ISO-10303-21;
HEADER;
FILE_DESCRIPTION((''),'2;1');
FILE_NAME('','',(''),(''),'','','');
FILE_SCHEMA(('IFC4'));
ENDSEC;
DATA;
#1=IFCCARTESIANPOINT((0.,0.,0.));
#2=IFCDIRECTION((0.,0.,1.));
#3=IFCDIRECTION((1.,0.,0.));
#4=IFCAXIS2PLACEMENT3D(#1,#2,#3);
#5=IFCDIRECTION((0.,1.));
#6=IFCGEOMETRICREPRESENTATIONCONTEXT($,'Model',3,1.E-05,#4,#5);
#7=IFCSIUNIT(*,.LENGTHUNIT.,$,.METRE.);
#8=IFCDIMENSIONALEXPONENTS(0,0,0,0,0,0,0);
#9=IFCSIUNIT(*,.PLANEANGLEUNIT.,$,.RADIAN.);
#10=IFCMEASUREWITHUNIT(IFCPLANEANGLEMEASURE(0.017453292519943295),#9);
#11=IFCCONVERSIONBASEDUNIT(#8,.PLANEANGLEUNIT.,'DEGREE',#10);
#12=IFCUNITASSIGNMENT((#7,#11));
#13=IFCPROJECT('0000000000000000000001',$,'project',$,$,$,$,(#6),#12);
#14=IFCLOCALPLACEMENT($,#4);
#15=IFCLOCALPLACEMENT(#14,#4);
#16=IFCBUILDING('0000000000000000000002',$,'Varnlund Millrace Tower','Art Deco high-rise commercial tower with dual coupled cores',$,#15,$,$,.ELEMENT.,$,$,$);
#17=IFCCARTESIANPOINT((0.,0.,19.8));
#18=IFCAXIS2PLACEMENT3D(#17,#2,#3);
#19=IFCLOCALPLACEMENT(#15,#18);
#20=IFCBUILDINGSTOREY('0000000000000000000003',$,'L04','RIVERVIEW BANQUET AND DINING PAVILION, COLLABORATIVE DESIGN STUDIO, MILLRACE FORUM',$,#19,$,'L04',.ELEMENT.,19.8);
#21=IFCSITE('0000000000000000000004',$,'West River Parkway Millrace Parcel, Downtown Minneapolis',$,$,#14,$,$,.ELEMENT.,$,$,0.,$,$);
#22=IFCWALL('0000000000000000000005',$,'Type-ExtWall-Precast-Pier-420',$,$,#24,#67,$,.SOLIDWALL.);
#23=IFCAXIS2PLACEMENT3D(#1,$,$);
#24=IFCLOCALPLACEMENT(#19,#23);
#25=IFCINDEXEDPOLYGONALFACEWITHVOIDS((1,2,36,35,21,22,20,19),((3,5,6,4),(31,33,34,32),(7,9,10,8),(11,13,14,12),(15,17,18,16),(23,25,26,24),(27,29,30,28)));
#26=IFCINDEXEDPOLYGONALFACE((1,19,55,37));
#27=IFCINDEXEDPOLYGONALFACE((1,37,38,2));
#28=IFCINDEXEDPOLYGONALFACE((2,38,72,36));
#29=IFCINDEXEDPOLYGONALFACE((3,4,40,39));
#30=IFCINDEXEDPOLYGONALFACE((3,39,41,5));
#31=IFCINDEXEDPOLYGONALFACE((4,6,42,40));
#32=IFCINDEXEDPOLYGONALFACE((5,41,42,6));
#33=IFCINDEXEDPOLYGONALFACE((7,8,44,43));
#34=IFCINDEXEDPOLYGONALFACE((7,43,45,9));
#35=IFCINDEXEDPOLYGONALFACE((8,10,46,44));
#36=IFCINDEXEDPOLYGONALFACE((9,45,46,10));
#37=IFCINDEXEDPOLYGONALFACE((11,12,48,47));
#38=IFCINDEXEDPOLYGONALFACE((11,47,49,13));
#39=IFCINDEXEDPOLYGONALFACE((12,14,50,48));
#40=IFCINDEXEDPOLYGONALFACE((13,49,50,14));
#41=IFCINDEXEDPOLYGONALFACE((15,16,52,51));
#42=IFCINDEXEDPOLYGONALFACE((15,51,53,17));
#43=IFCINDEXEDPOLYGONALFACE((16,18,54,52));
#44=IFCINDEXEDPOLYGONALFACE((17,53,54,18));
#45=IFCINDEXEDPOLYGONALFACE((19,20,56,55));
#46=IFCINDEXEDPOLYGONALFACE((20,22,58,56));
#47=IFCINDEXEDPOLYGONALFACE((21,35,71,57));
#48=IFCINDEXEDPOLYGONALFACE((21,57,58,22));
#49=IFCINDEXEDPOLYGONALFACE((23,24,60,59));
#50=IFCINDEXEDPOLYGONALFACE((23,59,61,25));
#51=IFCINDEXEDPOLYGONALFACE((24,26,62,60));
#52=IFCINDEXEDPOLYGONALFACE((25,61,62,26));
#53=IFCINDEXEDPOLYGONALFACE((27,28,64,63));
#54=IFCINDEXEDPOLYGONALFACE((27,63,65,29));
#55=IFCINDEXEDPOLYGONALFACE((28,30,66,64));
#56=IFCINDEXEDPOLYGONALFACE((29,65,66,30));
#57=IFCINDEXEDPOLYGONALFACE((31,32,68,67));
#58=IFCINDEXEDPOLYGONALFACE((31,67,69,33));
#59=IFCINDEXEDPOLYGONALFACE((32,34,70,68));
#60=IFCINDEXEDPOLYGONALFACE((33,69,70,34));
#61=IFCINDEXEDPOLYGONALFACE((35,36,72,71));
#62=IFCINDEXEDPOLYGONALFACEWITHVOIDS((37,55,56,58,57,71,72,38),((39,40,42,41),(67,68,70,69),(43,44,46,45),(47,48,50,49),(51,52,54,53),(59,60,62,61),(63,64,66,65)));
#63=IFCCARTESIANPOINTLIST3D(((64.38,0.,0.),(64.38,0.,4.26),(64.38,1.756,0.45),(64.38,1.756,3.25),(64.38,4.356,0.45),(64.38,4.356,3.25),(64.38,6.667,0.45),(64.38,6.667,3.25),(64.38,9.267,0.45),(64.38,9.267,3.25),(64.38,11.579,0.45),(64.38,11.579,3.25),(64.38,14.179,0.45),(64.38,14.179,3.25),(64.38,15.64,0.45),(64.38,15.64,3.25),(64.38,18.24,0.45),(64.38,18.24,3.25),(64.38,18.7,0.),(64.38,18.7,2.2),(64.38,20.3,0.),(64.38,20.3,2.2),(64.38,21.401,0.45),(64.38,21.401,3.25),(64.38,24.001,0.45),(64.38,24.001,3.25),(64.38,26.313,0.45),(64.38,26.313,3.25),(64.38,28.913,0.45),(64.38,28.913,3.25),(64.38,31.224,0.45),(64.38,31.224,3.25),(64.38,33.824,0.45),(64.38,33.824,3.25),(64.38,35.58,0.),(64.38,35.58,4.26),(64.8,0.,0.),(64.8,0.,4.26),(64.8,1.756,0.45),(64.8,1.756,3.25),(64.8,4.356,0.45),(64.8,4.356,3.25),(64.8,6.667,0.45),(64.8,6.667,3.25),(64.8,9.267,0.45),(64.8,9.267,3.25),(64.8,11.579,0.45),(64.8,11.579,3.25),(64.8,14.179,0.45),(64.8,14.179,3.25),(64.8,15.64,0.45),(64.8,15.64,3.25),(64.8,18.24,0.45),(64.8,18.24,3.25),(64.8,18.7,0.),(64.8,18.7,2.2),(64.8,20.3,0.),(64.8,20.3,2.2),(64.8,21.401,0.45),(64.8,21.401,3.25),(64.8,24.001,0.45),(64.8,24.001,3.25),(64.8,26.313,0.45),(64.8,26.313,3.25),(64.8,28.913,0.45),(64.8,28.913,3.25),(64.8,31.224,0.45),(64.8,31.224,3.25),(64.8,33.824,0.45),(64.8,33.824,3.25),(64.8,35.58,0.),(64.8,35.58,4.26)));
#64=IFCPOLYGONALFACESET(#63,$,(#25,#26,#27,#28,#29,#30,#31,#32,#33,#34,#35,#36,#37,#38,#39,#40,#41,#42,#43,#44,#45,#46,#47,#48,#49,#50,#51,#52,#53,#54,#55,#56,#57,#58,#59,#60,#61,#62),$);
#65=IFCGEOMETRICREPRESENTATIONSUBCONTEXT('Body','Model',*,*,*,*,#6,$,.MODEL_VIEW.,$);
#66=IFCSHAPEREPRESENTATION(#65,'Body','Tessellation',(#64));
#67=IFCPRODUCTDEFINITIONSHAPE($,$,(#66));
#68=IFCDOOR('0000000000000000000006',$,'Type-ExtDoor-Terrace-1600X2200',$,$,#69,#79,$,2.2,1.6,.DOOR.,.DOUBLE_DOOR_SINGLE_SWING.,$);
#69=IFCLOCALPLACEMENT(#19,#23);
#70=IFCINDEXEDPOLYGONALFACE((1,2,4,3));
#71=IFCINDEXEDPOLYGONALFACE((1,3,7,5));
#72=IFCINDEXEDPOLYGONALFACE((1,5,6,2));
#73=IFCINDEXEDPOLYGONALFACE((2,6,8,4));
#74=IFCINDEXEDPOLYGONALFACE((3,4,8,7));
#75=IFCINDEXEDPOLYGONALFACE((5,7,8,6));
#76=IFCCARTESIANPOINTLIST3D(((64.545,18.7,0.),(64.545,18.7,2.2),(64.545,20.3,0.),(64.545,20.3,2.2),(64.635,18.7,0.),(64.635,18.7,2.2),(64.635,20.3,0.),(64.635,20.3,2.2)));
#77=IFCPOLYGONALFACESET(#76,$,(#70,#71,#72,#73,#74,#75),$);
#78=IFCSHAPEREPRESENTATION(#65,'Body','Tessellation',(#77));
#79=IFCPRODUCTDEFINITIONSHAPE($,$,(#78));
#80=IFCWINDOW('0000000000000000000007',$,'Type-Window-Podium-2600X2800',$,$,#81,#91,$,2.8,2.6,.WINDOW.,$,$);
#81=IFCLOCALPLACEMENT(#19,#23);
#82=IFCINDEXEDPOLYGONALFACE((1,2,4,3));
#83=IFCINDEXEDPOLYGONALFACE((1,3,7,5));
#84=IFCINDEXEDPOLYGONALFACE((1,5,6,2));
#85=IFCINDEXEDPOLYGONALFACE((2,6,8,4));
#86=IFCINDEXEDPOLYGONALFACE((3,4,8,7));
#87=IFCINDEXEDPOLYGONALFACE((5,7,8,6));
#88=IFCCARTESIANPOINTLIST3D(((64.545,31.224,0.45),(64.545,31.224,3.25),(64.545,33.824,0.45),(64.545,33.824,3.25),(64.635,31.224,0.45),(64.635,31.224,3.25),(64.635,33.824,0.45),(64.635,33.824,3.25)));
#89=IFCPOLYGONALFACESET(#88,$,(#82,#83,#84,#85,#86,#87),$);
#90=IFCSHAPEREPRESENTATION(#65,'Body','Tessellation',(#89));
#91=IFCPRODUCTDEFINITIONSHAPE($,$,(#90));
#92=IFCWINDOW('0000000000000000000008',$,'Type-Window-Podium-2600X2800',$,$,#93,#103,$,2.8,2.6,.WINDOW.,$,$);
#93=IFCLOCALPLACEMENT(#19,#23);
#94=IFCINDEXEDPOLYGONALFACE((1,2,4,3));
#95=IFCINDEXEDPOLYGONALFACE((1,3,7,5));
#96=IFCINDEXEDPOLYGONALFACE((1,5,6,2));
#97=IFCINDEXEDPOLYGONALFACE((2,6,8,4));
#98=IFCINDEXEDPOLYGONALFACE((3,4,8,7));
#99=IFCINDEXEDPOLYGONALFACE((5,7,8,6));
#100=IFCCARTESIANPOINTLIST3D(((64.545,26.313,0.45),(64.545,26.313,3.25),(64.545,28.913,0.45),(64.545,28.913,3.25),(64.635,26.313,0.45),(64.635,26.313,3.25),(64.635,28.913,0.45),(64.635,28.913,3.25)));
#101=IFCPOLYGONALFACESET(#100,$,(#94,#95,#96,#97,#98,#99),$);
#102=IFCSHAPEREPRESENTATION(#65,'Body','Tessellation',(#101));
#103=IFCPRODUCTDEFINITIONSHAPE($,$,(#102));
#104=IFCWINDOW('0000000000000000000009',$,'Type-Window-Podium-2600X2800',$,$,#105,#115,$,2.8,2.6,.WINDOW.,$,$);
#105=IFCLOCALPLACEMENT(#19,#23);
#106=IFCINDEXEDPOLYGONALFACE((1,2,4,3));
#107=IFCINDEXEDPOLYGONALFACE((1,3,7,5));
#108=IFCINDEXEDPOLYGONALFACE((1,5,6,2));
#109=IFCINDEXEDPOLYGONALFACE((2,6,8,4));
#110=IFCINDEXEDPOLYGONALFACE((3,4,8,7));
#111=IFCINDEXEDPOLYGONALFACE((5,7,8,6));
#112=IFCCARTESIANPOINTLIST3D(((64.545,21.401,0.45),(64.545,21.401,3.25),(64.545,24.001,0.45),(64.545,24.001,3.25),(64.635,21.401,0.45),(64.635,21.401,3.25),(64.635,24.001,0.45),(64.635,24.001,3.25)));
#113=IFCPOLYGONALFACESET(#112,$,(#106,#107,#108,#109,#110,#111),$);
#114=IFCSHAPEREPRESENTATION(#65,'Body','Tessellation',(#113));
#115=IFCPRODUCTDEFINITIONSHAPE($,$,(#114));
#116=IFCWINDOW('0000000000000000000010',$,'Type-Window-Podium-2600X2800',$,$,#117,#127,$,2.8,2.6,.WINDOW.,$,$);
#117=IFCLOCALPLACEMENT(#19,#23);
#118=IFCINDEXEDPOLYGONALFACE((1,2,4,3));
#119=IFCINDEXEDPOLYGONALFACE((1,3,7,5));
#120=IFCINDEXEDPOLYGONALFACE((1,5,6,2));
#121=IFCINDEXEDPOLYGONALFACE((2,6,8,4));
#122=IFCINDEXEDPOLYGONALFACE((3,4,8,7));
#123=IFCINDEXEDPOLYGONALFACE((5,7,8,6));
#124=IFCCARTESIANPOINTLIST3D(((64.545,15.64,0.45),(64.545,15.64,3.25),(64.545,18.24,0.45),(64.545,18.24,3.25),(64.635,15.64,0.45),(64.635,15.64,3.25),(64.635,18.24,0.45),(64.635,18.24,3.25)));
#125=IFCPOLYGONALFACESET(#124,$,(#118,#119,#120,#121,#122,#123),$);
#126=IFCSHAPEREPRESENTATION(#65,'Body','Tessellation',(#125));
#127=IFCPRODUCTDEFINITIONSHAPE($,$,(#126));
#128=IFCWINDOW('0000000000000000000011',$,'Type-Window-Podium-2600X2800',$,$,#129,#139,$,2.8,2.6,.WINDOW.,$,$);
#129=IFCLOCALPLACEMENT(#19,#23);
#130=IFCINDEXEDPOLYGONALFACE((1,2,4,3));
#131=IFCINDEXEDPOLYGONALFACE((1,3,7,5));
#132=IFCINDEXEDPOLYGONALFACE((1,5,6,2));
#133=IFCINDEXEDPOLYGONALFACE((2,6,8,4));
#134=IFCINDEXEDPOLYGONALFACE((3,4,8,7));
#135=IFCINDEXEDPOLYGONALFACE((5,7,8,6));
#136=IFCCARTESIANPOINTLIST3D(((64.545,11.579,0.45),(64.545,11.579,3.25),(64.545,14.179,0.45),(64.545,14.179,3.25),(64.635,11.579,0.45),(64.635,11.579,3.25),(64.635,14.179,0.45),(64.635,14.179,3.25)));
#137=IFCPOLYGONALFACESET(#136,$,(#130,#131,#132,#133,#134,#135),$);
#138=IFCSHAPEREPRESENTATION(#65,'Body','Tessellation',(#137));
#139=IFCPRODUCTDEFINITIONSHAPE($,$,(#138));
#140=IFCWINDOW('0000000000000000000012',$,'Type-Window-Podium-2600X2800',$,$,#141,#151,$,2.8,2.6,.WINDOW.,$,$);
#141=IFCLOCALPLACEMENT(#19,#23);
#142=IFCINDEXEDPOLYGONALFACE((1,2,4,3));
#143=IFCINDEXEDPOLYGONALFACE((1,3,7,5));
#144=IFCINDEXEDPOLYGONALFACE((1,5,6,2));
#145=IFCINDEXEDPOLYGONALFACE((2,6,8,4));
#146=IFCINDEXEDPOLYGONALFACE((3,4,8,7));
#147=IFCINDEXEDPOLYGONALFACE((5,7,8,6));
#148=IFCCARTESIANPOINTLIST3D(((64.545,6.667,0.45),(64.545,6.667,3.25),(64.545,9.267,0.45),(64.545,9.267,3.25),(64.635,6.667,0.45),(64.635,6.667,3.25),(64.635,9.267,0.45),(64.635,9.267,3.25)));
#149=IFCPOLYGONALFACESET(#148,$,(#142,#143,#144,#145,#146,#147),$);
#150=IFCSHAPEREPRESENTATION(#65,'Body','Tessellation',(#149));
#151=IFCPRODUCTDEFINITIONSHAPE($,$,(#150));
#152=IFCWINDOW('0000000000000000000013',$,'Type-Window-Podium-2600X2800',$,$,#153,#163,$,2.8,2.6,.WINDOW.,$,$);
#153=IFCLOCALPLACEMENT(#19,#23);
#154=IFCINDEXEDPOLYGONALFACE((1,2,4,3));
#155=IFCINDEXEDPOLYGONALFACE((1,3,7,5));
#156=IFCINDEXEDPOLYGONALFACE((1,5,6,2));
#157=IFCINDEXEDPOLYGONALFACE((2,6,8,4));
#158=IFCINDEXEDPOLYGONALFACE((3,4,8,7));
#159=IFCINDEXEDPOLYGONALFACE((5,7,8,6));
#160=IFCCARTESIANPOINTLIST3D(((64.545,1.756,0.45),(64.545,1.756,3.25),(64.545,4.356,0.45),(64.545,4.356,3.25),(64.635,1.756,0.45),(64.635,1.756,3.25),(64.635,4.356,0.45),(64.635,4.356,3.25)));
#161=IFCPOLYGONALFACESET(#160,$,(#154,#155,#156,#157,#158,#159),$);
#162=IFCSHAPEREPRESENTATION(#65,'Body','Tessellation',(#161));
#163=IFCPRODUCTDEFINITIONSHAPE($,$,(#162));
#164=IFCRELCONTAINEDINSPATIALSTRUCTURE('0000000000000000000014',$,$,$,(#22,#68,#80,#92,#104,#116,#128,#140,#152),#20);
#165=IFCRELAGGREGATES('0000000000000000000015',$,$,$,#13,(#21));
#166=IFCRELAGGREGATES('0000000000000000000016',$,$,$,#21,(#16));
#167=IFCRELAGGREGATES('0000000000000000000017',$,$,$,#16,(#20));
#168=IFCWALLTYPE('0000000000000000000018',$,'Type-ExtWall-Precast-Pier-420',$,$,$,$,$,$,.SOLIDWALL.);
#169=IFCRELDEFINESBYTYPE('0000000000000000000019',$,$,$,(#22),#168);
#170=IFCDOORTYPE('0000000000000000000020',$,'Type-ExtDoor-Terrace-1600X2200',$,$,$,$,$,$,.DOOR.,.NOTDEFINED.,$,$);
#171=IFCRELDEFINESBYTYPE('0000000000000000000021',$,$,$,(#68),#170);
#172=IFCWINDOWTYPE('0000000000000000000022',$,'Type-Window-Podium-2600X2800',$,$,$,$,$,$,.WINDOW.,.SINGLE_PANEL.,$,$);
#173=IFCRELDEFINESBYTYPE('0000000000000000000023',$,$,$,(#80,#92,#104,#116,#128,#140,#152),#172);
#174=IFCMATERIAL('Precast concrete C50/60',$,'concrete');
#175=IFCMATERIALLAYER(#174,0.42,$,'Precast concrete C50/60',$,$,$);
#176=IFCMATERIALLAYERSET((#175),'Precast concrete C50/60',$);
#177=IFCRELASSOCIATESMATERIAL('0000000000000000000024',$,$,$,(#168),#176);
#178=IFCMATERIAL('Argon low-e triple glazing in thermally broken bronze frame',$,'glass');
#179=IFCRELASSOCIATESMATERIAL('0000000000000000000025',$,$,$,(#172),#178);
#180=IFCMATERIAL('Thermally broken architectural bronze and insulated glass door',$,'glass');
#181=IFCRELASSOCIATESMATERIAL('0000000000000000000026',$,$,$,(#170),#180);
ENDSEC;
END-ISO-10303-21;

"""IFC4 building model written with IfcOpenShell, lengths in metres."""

from ifc_helpers import new_model, entity, si_unit, converted_unit, direction, frame, origin_with_axes, origin_2d_with_axis, place, context, subcontext, project, spatial, polyline, rectangle, outline, extrude, material, layer, layer_set, type_object, element, fill, save


model = new_model("IFC4")

# Units and contexts
model_context = context("Model", 3, precision=1e-05, world=origin_with_axes(), true_north=direction((0.0, 1.0)))
body_context = subcontext(model_context, "Body", "Model", "MODEL_VIEW")
ifc_project = project(units=[si_unit("LENGTHUNIT", "METRE"), converted_unit("PLANEANGLEUNIT", "DEGREE", entity("IfcPlaneAngleMeasure", 0.017453292519943295), si_unit("PLANEANGLEUNIT", "RADIAN"), dimensions=[0, 0, 0, 0, 0, 0, 0])], contexts=[model_context])

# Site, building, storey
site_placement = place(None, origin_with_axes())
site = spatial("IfcSite", under=ifc_project, at=site_placement, Name="West River Parkway Millrace Parcel, Downtown Minneapolis", CompositionType="ELEMENT", RefElevation=0.0)
building_placement = place(site_placement, origin_with_axes())
building = spatial("IfcBuilding", under=site, at=building_placement, Name="Varnlund Millrace Tower", Description="Art Deco high-rise commercial tower with dual coupled cores", CompositionType="ELEMENT")
storey_placement = place(building_placement, frame((0.0, 0.0, 19.8), z_axis=(0.0, 0.0, 1.0), x_axis=(1.0, 0.0, 0.0)))
storey = spatial("IfcBuildingStorey", under=building, at=storey_placement, Name="L04", Description="RIVERVIEW BANQUET AND DINING PAVILION, COLLABORATIVE DESIGN STUDIO, MILLRACE FORUM", LongName="L04", CompositionType="ELEMENT", Elevation=19.8)

# Shared definitions
ifc_material_1 = material(Name="Precast concrete C50/60", Category="concrete")
ifc_layer_1 = layer(ifc_material_1, 0.42, Name="Precast concrete C50/60")
ifc_layer_set_1 = layer_set([ifc_layer_1], Name="Precast concrete C50/60")
wall_type = type_object("IfcWallType", Name="Type-ExtWall-Precast-Pier-420", PredefinedType="SOLIDWALL", material=ifc_layer_set_1)
ifc_material_2 = material(Name="Argon low-e triple glazing in thermally broken bronze frame", Category="glass")
window_type = type_object("IfcWindowType", Name="Type-Window-Podium-2600X2800", PartitioningType="SINGLE_PANEL", PredefinedType="WINDOW", material=ifc_material_2)

# Wall, openings, door, windows
wall_1_placement = place(storey_placement, frame((64.59, 35.58, 0.0), z_axis=(0.0, 0.0, 1.0), x_axis=(0.0, -1.0, 0.0)))
wall_1 = element("IfcWall", 1, at=wall_1_placement, inside=storey, type_object=wall_type, Name="Type-ExtWall-Precast-Pier-420", PredefinedType="SOLIDWALL", context=body_context, shape_type="SweptSolid", body=[
    extrude(outline(polyline([(0.0, -0.21), (35.58, -0.21), (35.58, 0.21), (0.0, 0.21), (0.0, -0.21)])), origin_with_axes(), (0.0, 0.0, 1.0), 4.26),
])
opening_1_placement = place(wall_1_placement, frame((16.08, 0.0, 0.0), z_axis=(0.0, 0.0, 1.0), x_axis=(1.0, 0.0, 0.0)))
opening_1 = element("IfcOpeningElement", 2, at=opening_1_placement, cuts=wall_1, PredefinedType="OPENING", context=body_context, shape_type="SweptSolid", body=[
    extrude(rectangle(XDim=1.6, YDim=0.44, at=origin_2d_with_axis()), origin_with_axes(), (0.0, 0.0, 1.0), 2.2),
])
opening_2_placement = place(wall_1_placement, frame((3.056, 0.0, 0.45), z_axis=(0.0, 0.0, 1.0), x_axis=(1.0, 0.0, 0.0)))
opening_2 = element("IfcOpeningElement", 3, at=opening_2_placement, cuts=wall_1, PredefinedType="OPENING", context=body_context, shape_type="SweptSolid", body=[
    extrude(rectangle(XDim=2.6, YDim=0.44, at=origin_2d_with_axis()), origin_with_axes(), (0.0, 0.0, 1.0), 2.8),
])
opening_3_placement = place(wall_1_placement, frame((7.967, 0.0, 0.45), z_axis=(0.0, 0.0, 1.0), x_axis=(1.0, 0.0, 0.0)))
opening_3 = element("IfcOpeningElement", 4, at=opening_3_placement, cuts=wall_1, PredefinedType="OPENING", context=body_context, shape_type="SweptSolid", body=[
    extrude(rectangle(XDim=2.6, YDim=0.44, at=origin_2d_with_axis()), origin_with_axes(), (0.0, 0.0, 1.0), 2.8),
])
opening_4_placement = place(wall_1_placement, frame((12.879, 0.0, 0.45), z_axis=(0.0, 0.0, 1.0), x_axis=(1.0, 0.0, 0.0)))
opening_4 = element("IfcOpeningElement", 5, at=opening_4_placement, cuts=wall_1, PredefinedType="OPENING", context=body_context, shape_type="SweptSolid", body=[
    extrude(rectangle(XDim=2.6, YDim=0.44, at=origin_2d_with_axis()), origin_with_axes(), (0.0, 0.0, 1.0), 2.8),
])
opening_5_placement = place(wall_1_placement, frame((18.64, 0.0, 0.45), z_axis=(0.0, 0.0, 1.0), x_axis=(1.0, 0.0, 0.0)))
opening_5 = element("IfcOpeningElement", 6, at=opening_5_placement, cuts=wall_1, PredefinedType="OPENING", context=body_context, shape_type="SweptSolid", body=[
    extrude(rectangle(XDim=2.6, YDim=0.44, at=origin_2d_with_axis()), origin_with_axes(), (0.0, 0.0, 1.0), 2.8),
])
opening_6_placement = place(wall_1_placement, frame((22.701, 0.0, 0.45), z_axis=(0.0, 0.0, 1.0), x_axis=(1.0, 0.0, 0.0)))
opening_6 = element("IfcOpeningElement", 7, at=opening_6_placement, cuts=wall_1, PredefinedType="OPENING", context=body_context, shape_type="SweptSolid", body=[
    extrude(rectangle(XDim=2.6, YDim=0.44, at=origin_2d_with_axis()), origin_with_axes(), (0.0, 0.0, 1.0), 2.8),
])
opening_7_placement = place(wall_1_placement, frame((27.613, 0.0, 0.45), z_axis=(0.0, 0.0, 1.0), x_axis=(1.0, 0.0, 0.0)))
opening_7 = element("IfcOpeningElement", 8, at=opening_7_placement, cuts=wall_1, PredefinedType="OPENING", context=body_context, shape_type="SweptSolid", body=[
    extrude(rectangle(XDim=2.6, YDim=0.44, at=origin_2d_with_axis()), origin_with_axes(), (0.0, 0.0, 1.0), 2.8),
])
opening_8_placement = place(wall_1_placement, frame((32.524, 0.0, 0.45), z_axis=(0.0, 0.0, 1.0), x_axis=(1.0, 0.0, 0.0)))
opening_8 = element("IfcOpeningElement", 9, at=opening_8_placement, cuts=wall_1, PredefinedType="OPENING", context=body_context, shape_type="SweptSolid", body=[
    extrude(rectangle(XDim=2.6, YDim=0.44, at=origin_2d_with_axis()), origin_with_axes(), (0.0, 0.0, 1.0), 2.8),
])
ifc_material_3 = material(Name="Thermally broken architectural bronze and insulated glass door", Category="glass")
door_type = type_object("IfcDoorType", Name="Type-ExtDoor-Terrace-1600X2200", OperationType="NOTDEFINED", PredefinedType="DOOR", material=ifc_material_3)
door_placement = place(wall_1_placement, frame((16.08, 0.0, 0.0), z_axis=(0.0, 0.0, 1.0), x_axis=(1.0, 0.0, 0.0)))
door = element("IfcDoor", 10, at=door_placement, inside=storey, type_object=door_type, Name="Type-ExtDoor-Terrace-1600X2200", OperationType="DOUBLE_DOOR_SINGLE_SWING", OverallHeight=2.2, OverallWidth=1.6, PredefinedType="DOOR", context=body_context, shape_type="SweptSolid", body=[
    extrude(rectangle(XDim=1.6, YDim=0.09, at=origin_2d_with_axis()), origin_with_axes(), (0.0, 0.0, 1.0), 2.2),
])
fill(opening_1, door)
window_1_placement = place(wall_1_placement, frame((3.056, 0.0, 0.45), z_axis=(0.0, 0.0, 1.0), x_axis=(1.0, 0.0, 0.0)))
window_1 = element("IfcWindow", 11, at=window_1_placement, inside=storey, type_object=window_type, Name="Type-Window-Podium-2600X2800", OverallHeight=2.8, OverallWidth=2.6, PredefinedType="WINDOW", context=body_context, shape_type="SweptSolid", body=[
    extrude(rectangle(XDim=2.6, YDim=0.09, at=origin_2d_with_axis()), origin_with_axes(), (0.0, 0.0, 1.0), 2.8),
])
fill(opening_2, window_1)
window_2_placement = place(wall_1_placement, frame((7.967, 0.0, 0.45), z_axis=(0.0, 0.0, 1.0), x_axis=(1.0, 0.0, 0.0)))
window_2 = element("IfcWindow", 12, at=window_2_placement, inside=storey, type_object=window_type, Name="Type-Window-Podium-2600X2800", OverallHeight=2.8, OverallWidth=2.6, PredefinedType="WINDOW", context=body_context, shape_type="SweptSolid", body=[
    extrude(rectangle(XDim=2.6, YDim=0.09, at=origin_2d_with_axis()), origin_with_axes(), (0.0, 0.0, 1.0), 2.8),
])
fill(opening_3, window_2)
window_3_placement = place(wall_1_placement, frame((12.879, 0.0, 0.45), z_axis=(0.0, 0.0, 1.0), x_axis=(1.0, 0.0, 0.0)))
window_3 = element("IfcWindow", 13, at=window_3_placement, inside=storey, type_object=window_type, Name="Type-Window-Podium-2600X2800", OverallHeight=2.8, OverallWidth=2.6, PredefinedType="WINDOW", context=body_context, shape_type="SweptSolid", body=[
    extrude(rectangle(XDim=2.6, YDim=0.09, at=origin_2d_with_axis()), origin_with_axes(), (0.0, 0.0, 1.0), 2.8),
])
fill(opening_4, window_3)
window_4_placement = place(wall_1_placement, frame((18.64, 0.0, 0.45), z_axis=(0.0, 0.0, 1.0), x_axis=(1.0, 0.0, 0.0)))
window_4 = element("IfcWindow", 14, at=window_4_placement, inside=storey, type_object=window_type, Name="Type-Window-Podium-2600X2800", OverallHeight=2.8, OverallWidth=2.6, PredefinedType="WINDOW", context=body_context, shape_type="SweptSolid", body=[
    extrude(rectangle(XDim=2.6, YDim=0.09, at=origin_2d_with_axis()), origin_with_axes(), (0.0, 0.0, 1.0), 2.8),
])
fill(opening_5, window_4)
window_5_placement = place(wall_1_placement, frame((22.701, 0.0, 0.45), z_axis=(0.0, 0.0, 1.0), x_axis=(1.0, 0.0, 0.0)))
window_5 = element("IfcWindow", 15, at=window_5_placement, inside=storey, type_object=window_type, Name="Type-Window-Podium-2600X2800", OverallHeight=2.8, OverallWidth=2.6, PredefinedType="WINDOW", context=body_context, shape_type="SweptSolid", body=[
    extrude(rectangle(XDim=2.6, YDim=0.09, at=origin_2d_with_axis()), origin_with_axes(), (0.0, 0.0, 1.0), 2.8),
])
fill(opening_6, window_5)
window_6_placement = place(wall_1_placement, frame((27.613, 0.0, 0.45), z_axis=(0.0, 0.0, 1.0), x_axis=(1.0, 0.0, 0.0)))
window_6 = element("IfcWindow", 16, at=window_6_placement, inside=storey, type_object=window_type, Name="Type-Window-Podium-2600X2800", OverallHeight=2.8, OverallWidth=2.6, PredefinedType="WINDOW", context=body_context, shape_type="SweptSolid", body=[
    extrude(rectangle(XDim=2.6, YDim=0.09, at=origin_2d_with_axis()), origin_with_axes(), (0.0, 0.0, 1.0), 2.8),
])
fill(opening_7, window_6)
window_7_placement = place(wall_1_placement, frame((32.524, 0.0, 0.45), z_axis=(0.0, 0.0, 1.0), x_axis=(1.0, 0.0, 0.0)))
window_7 = element("IfcWindow", 17, at=window_7_placement, inside=storey, type_object=window_type, Name="Type-Window-Podium-2600X2800", OverallHeight=2.8, OverallWidth=2.6, PredefinedType="WINDOW", context=body_context, shape_type="SweptSolid", body=[
    extrude(rectangle(XDim=2.6, YDim=0.09, at=origin_2d_with_axis()), origin_with_axes(), (0.0, 0.0, 1.0), 2.8),
])
fill(opening_8, window_7)

save(model, "model.ifc")
